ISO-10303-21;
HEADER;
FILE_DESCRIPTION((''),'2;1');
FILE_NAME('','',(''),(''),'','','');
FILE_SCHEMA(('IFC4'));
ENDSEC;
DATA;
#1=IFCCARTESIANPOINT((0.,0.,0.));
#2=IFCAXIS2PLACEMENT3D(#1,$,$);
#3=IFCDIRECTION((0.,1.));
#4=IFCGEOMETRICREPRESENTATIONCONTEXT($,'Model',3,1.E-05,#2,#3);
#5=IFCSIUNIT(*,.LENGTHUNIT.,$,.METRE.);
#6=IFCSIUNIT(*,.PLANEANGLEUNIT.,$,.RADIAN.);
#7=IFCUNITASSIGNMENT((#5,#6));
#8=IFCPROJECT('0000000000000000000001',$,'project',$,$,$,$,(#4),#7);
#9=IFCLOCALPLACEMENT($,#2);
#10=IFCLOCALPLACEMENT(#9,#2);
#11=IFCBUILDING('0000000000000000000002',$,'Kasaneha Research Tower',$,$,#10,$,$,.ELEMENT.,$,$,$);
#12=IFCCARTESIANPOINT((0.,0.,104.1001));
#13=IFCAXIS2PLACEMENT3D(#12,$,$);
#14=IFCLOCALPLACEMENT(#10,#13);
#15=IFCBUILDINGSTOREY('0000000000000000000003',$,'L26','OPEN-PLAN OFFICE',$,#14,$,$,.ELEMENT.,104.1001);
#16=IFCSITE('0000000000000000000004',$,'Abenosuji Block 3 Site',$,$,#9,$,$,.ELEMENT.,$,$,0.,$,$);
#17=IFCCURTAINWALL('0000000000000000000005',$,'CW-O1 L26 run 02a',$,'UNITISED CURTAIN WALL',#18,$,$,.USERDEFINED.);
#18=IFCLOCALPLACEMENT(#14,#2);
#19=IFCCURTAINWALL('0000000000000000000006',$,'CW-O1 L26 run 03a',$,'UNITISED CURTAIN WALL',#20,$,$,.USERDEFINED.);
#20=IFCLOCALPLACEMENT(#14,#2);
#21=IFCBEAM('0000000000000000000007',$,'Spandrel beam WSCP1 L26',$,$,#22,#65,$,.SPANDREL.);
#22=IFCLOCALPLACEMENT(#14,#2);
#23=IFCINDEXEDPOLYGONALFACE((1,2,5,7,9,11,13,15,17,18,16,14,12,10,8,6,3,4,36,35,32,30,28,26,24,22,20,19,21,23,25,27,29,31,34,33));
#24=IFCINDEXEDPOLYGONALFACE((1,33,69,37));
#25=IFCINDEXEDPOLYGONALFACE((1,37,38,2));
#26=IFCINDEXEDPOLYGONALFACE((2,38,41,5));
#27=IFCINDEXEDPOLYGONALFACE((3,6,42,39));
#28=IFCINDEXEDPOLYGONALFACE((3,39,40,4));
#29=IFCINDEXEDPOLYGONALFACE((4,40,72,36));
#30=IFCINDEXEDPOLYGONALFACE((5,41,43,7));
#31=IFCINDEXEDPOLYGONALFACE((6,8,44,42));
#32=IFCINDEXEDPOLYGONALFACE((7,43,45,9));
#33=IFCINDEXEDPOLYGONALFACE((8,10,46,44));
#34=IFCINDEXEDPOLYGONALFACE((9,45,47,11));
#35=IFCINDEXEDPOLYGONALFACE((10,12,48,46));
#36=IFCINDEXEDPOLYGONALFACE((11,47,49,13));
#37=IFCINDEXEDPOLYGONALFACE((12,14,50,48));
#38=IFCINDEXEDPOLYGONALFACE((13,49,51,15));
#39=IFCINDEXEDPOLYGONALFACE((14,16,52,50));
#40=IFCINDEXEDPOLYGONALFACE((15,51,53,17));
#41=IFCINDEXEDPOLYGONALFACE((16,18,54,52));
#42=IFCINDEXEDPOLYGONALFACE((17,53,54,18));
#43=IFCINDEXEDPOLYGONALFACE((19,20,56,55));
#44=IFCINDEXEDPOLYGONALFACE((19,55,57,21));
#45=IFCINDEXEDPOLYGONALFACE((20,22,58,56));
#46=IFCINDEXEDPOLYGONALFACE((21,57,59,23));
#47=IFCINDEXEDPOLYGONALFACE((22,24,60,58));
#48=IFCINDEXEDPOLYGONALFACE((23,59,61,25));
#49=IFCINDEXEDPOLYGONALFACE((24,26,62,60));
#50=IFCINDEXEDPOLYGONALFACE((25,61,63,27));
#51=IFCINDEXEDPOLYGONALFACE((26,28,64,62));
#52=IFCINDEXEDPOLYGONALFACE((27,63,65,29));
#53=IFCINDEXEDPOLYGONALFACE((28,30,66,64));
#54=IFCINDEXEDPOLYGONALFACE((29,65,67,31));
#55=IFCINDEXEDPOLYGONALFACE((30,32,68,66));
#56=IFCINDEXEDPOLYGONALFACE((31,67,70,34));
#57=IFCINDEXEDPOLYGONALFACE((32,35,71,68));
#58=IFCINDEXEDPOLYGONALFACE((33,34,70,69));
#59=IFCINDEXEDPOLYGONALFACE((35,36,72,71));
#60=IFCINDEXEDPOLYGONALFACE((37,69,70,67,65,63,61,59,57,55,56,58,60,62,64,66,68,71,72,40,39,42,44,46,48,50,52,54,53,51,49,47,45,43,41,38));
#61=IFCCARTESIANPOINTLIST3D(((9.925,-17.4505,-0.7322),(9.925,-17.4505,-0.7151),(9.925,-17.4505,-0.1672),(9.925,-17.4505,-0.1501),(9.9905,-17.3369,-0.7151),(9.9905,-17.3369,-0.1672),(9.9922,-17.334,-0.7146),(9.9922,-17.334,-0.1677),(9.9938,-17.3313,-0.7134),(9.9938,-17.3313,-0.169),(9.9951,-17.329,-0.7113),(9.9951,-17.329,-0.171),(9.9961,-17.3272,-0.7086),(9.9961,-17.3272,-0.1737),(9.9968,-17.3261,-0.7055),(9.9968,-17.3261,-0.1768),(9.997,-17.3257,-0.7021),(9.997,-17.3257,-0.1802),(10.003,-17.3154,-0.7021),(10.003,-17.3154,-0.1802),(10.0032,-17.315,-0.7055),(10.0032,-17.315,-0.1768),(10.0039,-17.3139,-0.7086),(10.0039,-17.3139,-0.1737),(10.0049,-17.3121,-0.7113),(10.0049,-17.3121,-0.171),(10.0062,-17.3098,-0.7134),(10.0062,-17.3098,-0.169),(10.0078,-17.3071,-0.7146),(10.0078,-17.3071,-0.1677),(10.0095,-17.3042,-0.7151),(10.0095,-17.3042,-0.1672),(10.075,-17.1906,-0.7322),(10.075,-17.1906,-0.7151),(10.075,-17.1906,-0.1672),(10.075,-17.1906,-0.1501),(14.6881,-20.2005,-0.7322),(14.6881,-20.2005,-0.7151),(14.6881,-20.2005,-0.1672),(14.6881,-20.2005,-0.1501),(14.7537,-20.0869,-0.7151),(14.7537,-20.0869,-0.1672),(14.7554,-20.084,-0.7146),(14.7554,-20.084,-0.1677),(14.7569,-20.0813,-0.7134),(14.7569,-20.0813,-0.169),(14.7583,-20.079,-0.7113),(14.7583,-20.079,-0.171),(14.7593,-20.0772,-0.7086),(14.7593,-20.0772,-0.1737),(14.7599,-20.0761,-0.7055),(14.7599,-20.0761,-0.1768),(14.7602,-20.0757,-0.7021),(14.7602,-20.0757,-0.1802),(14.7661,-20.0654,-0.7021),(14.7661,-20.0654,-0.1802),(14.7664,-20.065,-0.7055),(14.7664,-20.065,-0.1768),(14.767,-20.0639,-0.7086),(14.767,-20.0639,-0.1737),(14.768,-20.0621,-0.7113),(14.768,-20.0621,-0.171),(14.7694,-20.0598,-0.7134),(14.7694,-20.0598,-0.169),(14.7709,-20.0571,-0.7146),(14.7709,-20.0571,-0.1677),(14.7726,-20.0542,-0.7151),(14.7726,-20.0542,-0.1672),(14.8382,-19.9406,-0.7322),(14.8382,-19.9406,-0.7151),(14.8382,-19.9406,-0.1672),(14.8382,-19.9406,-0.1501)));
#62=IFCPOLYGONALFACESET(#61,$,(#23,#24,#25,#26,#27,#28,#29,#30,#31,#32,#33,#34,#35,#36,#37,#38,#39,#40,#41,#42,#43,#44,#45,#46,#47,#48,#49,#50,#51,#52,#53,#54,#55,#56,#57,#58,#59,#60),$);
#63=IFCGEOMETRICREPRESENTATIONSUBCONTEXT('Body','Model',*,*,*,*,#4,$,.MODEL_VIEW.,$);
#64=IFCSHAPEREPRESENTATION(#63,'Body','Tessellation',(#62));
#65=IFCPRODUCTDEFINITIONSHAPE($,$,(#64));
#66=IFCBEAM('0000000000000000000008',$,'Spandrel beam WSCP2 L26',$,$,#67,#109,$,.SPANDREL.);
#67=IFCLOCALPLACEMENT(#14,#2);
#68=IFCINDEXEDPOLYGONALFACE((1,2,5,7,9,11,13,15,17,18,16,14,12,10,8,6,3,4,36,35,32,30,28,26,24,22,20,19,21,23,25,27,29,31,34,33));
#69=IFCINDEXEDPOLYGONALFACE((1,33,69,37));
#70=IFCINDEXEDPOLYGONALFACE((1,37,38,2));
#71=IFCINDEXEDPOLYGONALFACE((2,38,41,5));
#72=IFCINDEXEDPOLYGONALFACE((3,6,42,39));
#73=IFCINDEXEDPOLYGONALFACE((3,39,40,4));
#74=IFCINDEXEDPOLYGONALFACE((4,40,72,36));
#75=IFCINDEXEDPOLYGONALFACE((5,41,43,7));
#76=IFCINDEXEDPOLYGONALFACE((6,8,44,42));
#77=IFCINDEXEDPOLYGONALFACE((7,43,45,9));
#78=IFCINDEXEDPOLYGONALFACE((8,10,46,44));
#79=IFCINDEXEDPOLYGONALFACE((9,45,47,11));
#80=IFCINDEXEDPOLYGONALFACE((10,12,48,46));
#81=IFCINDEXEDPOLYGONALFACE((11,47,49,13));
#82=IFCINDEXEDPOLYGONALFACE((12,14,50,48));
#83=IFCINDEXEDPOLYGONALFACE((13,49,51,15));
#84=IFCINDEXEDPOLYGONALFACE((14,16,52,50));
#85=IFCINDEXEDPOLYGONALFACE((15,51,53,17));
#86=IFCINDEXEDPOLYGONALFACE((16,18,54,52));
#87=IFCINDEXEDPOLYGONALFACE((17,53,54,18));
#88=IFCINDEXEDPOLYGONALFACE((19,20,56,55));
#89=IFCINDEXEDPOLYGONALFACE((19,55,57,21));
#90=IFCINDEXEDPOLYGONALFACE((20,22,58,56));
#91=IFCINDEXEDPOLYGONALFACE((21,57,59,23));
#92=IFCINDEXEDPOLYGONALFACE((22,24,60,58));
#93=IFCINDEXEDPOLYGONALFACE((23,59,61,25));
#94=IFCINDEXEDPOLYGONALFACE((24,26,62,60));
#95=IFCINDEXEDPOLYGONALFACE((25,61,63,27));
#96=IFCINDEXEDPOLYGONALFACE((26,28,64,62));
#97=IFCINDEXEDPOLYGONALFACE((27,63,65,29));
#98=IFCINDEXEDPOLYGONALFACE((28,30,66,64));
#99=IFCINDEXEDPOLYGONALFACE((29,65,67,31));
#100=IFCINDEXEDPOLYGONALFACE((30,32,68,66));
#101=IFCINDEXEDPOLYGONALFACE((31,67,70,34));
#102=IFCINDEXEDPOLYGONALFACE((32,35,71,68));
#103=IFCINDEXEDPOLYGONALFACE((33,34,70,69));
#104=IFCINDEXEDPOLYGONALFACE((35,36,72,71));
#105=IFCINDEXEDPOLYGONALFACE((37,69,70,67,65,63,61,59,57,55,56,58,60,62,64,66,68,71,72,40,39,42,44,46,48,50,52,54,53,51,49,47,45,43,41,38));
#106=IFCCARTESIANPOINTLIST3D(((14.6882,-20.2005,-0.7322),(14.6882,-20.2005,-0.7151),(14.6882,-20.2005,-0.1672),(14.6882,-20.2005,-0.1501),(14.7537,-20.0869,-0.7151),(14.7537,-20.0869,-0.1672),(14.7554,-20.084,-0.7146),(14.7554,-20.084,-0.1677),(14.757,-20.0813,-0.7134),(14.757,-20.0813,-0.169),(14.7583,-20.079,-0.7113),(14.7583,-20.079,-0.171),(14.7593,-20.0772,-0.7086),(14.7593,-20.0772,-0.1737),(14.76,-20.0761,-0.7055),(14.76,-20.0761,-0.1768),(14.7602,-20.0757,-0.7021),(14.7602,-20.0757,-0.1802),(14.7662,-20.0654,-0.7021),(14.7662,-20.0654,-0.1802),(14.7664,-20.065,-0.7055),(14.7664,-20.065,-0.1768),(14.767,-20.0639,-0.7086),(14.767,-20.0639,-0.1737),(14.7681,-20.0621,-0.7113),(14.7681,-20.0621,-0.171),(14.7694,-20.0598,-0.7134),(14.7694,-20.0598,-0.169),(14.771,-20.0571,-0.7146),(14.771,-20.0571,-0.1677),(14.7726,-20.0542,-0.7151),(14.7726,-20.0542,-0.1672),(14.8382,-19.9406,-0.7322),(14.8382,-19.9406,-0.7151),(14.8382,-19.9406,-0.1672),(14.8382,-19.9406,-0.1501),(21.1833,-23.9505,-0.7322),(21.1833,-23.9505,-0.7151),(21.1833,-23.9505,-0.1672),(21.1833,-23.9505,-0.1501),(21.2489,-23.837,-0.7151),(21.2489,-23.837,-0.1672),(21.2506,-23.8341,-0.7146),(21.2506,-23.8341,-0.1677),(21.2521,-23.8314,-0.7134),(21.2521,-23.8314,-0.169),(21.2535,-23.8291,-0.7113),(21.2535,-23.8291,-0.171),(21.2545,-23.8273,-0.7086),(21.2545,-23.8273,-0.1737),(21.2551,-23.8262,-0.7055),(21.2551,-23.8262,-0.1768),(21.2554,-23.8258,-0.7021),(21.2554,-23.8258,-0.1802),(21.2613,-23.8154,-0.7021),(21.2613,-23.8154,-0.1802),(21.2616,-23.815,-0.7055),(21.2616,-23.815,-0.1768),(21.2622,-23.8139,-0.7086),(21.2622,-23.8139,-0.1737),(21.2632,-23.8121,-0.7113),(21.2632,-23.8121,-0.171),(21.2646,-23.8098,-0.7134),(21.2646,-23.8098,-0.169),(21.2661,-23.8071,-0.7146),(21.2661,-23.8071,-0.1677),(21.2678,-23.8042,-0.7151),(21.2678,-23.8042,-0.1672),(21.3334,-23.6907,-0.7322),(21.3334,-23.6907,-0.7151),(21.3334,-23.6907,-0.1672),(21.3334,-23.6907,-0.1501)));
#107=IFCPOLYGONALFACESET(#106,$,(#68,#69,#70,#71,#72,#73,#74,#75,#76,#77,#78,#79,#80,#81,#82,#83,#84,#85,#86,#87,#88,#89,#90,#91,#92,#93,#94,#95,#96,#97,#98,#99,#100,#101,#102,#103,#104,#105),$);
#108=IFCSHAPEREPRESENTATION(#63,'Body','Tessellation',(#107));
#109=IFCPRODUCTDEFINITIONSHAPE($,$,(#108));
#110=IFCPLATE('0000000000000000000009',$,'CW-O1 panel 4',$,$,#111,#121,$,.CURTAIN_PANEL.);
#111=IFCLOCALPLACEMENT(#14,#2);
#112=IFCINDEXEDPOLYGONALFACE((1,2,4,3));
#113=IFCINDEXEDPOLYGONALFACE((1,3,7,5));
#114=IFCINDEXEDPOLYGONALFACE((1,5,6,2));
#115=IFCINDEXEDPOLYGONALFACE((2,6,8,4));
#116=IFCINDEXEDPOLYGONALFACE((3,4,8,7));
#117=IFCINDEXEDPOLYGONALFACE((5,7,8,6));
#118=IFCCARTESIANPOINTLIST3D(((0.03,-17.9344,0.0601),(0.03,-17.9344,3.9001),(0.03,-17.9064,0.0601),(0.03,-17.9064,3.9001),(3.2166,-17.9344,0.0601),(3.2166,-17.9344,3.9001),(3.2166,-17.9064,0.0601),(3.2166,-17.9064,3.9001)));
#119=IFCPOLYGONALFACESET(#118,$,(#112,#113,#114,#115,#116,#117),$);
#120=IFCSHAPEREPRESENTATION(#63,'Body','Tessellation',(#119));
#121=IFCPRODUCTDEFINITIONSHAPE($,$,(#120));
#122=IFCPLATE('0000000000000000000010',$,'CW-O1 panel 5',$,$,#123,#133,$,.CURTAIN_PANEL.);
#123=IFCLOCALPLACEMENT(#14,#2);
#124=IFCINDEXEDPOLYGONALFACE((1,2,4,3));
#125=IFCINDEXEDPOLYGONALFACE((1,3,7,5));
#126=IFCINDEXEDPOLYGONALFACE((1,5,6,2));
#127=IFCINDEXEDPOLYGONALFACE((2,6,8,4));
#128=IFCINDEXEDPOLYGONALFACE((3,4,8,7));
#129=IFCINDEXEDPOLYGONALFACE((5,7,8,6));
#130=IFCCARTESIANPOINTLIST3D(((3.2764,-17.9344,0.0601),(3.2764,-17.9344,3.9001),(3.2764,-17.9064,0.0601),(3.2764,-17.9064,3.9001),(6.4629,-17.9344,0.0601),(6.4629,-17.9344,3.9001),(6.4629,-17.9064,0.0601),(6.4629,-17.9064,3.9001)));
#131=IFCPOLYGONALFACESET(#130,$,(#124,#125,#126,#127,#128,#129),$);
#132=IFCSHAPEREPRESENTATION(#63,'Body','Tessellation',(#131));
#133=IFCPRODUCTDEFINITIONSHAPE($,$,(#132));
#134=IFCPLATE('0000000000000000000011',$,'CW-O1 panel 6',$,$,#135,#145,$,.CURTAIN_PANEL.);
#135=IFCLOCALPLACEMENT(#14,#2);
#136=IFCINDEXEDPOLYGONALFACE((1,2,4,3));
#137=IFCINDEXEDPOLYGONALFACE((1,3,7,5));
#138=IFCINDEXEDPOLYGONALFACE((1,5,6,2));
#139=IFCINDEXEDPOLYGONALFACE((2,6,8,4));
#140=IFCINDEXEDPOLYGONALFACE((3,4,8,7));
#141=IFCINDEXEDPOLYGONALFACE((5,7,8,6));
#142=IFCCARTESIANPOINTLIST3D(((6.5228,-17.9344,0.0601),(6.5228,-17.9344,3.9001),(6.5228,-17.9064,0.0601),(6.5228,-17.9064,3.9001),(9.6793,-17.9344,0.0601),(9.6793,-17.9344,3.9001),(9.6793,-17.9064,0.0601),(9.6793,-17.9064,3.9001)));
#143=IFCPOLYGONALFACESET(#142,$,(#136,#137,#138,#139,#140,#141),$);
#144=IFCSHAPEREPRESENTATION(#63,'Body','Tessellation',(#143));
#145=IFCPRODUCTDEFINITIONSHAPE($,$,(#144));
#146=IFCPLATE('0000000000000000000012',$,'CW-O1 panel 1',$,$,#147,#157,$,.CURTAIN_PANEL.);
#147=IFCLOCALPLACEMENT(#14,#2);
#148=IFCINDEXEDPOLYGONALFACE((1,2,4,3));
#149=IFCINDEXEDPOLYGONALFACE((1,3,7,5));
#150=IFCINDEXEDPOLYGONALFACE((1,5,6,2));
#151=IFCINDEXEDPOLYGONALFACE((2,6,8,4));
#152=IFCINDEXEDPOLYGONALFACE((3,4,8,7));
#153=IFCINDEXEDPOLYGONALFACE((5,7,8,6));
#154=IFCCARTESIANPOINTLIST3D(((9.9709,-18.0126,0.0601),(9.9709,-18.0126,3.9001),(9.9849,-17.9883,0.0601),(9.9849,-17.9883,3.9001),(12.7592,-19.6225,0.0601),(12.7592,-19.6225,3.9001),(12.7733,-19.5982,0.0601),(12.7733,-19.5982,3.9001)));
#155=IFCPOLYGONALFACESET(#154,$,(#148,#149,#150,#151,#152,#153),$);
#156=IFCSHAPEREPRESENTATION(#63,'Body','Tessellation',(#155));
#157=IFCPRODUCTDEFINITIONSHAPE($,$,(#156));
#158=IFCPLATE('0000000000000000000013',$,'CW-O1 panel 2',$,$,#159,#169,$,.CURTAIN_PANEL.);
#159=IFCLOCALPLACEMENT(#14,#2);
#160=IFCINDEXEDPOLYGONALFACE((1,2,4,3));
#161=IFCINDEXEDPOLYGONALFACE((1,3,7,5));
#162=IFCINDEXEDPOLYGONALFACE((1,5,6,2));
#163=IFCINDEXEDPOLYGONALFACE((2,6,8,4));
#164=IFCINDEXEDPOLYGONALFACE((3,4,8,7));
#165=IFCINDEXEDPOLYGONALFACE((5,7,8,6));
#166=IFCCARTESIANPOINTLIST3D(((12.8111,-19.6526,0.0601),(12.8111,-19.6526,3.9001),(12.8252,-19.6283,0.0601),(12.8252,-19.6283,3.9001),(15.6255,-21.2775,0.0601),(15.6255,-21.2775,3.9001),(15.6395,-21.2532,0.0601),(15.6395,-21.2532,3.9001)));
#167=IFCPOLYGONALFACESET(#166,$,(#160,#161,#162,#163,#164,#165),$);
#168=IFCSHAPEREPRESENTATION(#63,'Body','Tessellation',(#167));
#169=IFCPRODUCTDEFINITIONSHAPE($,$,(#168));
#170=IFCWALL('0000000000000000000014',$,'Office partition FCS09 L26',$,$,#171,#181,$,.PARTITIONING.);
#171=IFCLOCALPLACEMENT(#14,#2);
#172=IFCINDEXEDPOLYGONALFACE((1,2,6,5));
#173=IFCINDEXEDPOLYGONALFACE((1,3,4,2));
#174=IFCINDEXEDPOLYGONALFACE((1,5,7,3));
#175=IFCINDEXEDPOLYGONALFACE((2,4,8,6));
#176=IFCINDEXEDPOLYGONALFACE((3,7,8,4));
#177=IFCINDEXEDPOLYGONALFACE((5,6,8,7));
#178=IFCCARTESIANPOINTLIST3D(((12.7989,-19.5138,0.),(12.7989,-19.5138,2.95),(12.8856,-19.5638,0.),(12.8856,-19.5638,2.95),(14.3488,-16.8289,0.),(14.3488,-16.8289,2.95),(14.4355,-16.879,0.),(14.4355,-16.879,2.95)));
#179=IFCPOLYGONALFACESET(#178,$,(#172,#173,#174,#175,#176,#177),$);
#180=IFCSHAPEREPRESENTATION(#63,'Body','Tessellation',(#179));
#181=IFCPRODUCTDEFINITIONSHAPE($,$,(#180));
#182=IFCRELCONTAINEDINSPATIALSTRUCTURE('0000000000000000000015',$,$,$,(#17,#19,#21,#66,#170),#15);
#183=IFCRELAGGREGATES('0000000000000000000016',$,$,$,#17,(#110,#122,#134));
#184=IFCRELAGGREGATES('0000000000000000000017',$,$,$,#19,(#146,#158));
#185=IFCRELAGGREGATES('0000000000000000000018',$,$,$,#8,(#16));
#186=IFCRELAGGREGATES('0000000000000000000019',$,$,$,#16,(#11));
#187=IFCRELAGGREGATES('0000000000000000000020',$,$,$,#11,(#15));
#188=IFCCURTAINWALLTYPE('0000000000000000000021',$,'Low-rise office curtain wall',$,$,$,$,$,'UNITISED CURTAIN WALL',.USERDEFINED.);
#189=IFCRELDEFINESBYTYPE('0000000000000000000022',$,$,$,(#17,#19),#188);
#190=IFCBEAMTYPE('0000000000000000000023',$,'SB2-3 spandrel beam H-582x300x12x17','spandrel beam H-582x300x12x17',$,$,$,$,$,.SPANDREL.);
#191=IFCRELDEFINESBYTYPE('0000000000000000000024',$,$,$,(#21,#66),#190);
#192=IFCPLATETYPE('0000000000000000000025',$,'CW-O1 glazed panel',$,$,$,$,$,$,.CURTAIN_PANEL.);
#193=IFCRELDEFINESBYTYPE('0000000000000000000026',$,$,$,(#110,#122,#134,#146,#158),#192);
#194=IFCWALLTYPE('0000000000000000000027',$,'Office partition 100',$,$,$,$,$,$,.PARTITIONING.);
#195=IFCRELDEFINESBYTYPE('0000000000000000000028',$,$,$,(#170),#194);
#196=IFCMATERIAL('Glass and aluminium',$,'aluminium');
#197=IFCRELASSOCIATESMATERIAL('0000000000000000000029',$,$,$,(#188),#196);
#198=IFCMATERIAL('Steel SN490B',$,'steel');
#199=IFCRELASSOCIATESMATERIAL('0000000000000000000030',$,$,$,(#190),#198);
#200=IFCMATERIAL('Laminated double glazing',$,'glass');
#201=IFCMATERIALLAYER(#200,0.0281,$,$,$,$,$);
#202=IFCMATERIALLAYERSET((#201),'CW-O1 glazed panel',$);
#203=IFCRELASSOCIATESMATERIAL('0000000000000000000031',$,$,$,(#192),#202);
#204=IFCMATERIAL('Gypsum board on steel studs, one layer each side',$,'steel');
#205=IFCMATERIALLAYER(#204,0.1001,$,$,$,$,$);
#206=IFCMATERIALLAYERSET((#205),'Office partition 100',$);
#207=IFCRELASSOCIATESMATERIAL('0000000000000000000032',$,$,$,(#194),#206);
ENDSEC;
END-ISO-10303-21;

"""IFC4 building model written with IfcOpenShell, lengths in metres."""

from ifc_helpers import new_model, si_unit, direction, frame, frame_2d, origin, origin_2d, place, context, subcontext, project, spatial, rectangle, i_section, extrude, material, layer, layer_set, material_profile, profile_set, type_object, element, aggregate, save


model = new_model("IFC4")

# Units and contexts
model_context = context("Model", 3, precision=1e-05, world=origin(), true_north=direction((0.0, 1.0)))
body_context = subcontext(model_context, "Body", "Model", "MODEL_VIEW")
ifc_project = project(units=[si_unit("LENGTHUNIT", "METRE"), si_unit("PLANEANGLEUNIT", "RADIAN")], contexts=[model_context])

# Site, building, storey
site_placement = place(None, origin())
site = spatial("IfcSite", under=ifc_project, at=site_placement, Name="Abenosuji Block 3 Site", CompositionType="ELEMENT", RefElevation=0.0)
building_placement = place(site_placement, origin())
building = spatial("IfcBuilding", under=site, at=building_placement, Name="Kasaneha Research Tower", CompositionType="ELEMENT")
storey_placement = place(building_placement, frame((0.0, 0.0, 104.1001)))
storey = spatial("IfcBuildingStorey", under=building, at=storey_placement, Name="L26", Description="OPEN-PLAN OFFICE", CompositionType="ELEMENT", Elevation=104.1001)

# Curtain walls
ifc_material_1 = material(Name="Glass and aluminium", Category="aluminium")
curtain_wall_type = type_object("IfcCurtainWallType", Name="Low-rise office curtain wall", ElementType="UNITISED CURTAIN WALL", PredefinedType="USERDEFINED", material=ifc_material_1)
curtain_wall_1_placement = place(storey_placement, origin())
curtain_wall_1 = element("IfcCurtainWall", 1, at=curtain_wall_1_placement, inside=storey, type_object=curtain_wall_type, Name="CW-O1 L26 run 02a", ObjectType="UNITISED CURTAIN WALL", PredefinedType="USERDEFINED")
curtain_wall_2_placement = place(storey_placement, origin())
curtain_wall_2 = element("IfcCurtainWall", 2, at=curtain_wall_2_placement, inside=storey, type_object=curtain_wall_type, Name="CW-O1 L26 run 03a", ObjectType="UNITISED CURTAIN WALL", PredefinedType="USERDEFINED")

# Beams
ifc_material_2 = material(Name="Steel SN490B", Category="steel")
ifc_material_profile_1 = material_profile(ifc_material_2, i_section(OverallWidth=0.3, OverallDepth=0.582, WebThickness=0.012, FlangeThickness=0.0171, FilletRadius=0.0129, at=origin_2d()), Name="H-582x300x12x17")
ifc_profile_set_1 = profile_set([ifc_material_profile_1], Name="Steel SN490B")
beam_type_1 = type_object("IfcBeamType", Name="SB2-3 spandrel beam H-582x300x12x17", Description="spandrel beam H-582x300x12x17", PredefinedType="SPANDREL", material=ifc_profile_set_1)
beam_1_placement = place(storey_placement, frame((10.0, -17.3206, -0.4412), z_axis=(0.866027, -0.499997, 0.0), x_axis=(0.499997, 0.866027, 0.0)))
element("IfcBeam", 3, at=beam_1_placement, inside=storey, type_object=beam_type_1, Name="Spandrel beam WSCP1 L26", PredefinedType="SPANDREL", context=body_context, shape_type="SweptSolid", body=[
    extrude(i_section(OverallWidth=0.3, OverallDepth=0.582, WebThickness=0.012, FlangeThickness=0.0171, FilletRadius=0.0129, at=origin_2d()), origin(), (0.0, 0.0, 1.0), 5.5),
])
beam_2_placement = place(storey_placement, frame((14.7632, -20.0706, -0.4412), z_axis=(0.866023, -0.500004, 0.0), x_axis=(0.500004, 0.866023, 0.0)))
element("IfcBeam", 4, at=beam_2_placement, inside=storey, type_object=beam_type_1, Name="Spandrel beam WSCP2 L26", PredefinedType="SPANDREL", context=body_context, shape_type="SweptSolid", body=[
    extrude(i_section(OverallWidth=0.3, OverallDepth=0.582, WebThickness=0.012, FlangeThickness=0.0171, FilletRadius=0.0129, at=origin_2d()), origin(), (0.0, 0.0, 1.0), 7.5),
])

# Plates
ifc_material_3 = material(Name="Laminated double glazing", Category="glass")
ifc_layer_1 = layer(ifc_material_3, 0.0281)
ifc_layer_set_1 = layer_set([ifc_layer_1], Name="CW-O1 glazed panel")
plate_type = type_object("IfcPlateType", Name="CW-O1 glazed panel", PredefinedType="CURTAIN_PANEL", material=ifc_layer_set_1)
plate_1_placement = place(storey_placement, frame((1.6233, -17.9204, 0.0601), z_axis=(0.0, 0.0, 1.0), x_axis=(1.0, 0.0, 0.0)))
plate_1 = element("IfcPlate", 5, at=plate_1_placement, type_object=plate_type, Name="CW-O1 panel 4", PredefinedType="CURTAIN_PANEL", context=body_context, shape_type="SweptSolid", body=[
    extrude(rectangle(XDim=3.1865, YDim=0.0281, at=origin_2d()), origin(), (0.0, 0.0, 1.0), 3.8401),
])
plate_2_placement = place(storey_placement, frame((4.8696, -17.9204, 0.0601), z_axis=(0.0, 0.0, 1.0), x_axis=(1.0, 0.0, 0.0)))
plate_2 = element("IfcPlate", 6, at=plate_2_placement, type_object=plate_type, Name="CW-O1 panel 5", PredefinedType="CURTAIN_PANEL", context=body_context, shape_type="SweptSolid", body=[
    extrude(rectangle(XDim=3.1865, YDim=0.0281, at=origin_2d()), origin(), (0.0, 0.0, 1.0), 3.8401),
])
plate_3_placement = place(storey_placement, frame((8.1011, -17.9204, 0.0601), z_axis=(0.0, 0.0, 1.0), x_axis=(1.0, 0.0, 0.0)))
plate_3 = element("IfcPlate", 7, at=plate_3_placement, type_object=plate_type, Name="CW-O1 panel 6", PredefinedType="CURTAIN_PANEL", context=body_context, shape_type="SweptSolid", body=[
    extrude(rectangle(XDim=3.1565, YDim=0.0281, at=origin_2d()), origin(), (0.0, 0.0, 1.0), 3.8401),
])
aggregate(curtain_wall_1, [plate_1, plate_2, plate_3])
plate_4_placement = place(storey_placement, frame((11.3721, -18.8054, 0.0601), z_axis=(0.0, 0.0, 1.0), x_axis=(0.866025, -0.5, 0.0)))
plate_4 = element("IfcPlate", 8, at=plate_4_placement, type_object=plate_type, Name="CW-O1 panel 1", PredefinedType="CURTAIN_PANEL", context=body_context, shape_type="SweptSolid", body=[
    extrude(rectangle(XDim=3.2197, YDim=0.0281, at=origin_2d()), origin(), (0.0, 0.0, 1.0), 3.8401),
])
plate_5_placement = place(storey_placement, frame((14.2253, -20.4529, 0.0601), z_axis=(0.0, 0.0, 1.0), x_axis=(0.866025, -0.5, 0.0)))
plate_5 = element("IfcPlate", 9, at=plate_5_placement, type_object=plate_type, Name="CW-O1 panel 2", PredefinedType="CURTAIN_PANEL", context=body_context, shape_type="SweptSolid", body=[
    extrude(rectangle(XDim=3.2498, YDim=0.0281, at=origin_2d()), origin(), (0.0, 0.0, 1.0), 3.8401),
])
aggregate(curtain_wall_2, [plate_4, plate_5])

# Wall
ifc_material_4 = material(Name="Gypsum board on steel studs, one layer each side", Category="steel")
ifc_layer_2 = layer(ifc_material_4, 0.1001)
ifc_layer_set_2 = layer_set([ifc_layer_2], Name="Office partition 100")
wall_type = type_object("IfcWallType", Name="Office partition 100", PredefinedType="PARTITIONING", material=ifc_layer_set_2)
wall_1_placement = place(storey_placement, frame((12.8423, -19.5388, 0.0), z_axis=(0.0, 0.0, 1.0), x_axis=(0.499934, 0.866064, 0.0)))
element("IfcWall", 10, at=wall_1_placement, inside=storey, type_object=wall_type, Name="Office partition FCS09 L26", PredefinedType="PARTITIONING", context=body_context, shape_type="SweptSolid", body=[
    extrude(rectangle(XDim=3.1001, YDim=0.1001, at=frame_2d((1.55, 0.0))), origin(), (0.0, 0.0, 1.0), 2.95),
])

save(model, "model.ifc")
